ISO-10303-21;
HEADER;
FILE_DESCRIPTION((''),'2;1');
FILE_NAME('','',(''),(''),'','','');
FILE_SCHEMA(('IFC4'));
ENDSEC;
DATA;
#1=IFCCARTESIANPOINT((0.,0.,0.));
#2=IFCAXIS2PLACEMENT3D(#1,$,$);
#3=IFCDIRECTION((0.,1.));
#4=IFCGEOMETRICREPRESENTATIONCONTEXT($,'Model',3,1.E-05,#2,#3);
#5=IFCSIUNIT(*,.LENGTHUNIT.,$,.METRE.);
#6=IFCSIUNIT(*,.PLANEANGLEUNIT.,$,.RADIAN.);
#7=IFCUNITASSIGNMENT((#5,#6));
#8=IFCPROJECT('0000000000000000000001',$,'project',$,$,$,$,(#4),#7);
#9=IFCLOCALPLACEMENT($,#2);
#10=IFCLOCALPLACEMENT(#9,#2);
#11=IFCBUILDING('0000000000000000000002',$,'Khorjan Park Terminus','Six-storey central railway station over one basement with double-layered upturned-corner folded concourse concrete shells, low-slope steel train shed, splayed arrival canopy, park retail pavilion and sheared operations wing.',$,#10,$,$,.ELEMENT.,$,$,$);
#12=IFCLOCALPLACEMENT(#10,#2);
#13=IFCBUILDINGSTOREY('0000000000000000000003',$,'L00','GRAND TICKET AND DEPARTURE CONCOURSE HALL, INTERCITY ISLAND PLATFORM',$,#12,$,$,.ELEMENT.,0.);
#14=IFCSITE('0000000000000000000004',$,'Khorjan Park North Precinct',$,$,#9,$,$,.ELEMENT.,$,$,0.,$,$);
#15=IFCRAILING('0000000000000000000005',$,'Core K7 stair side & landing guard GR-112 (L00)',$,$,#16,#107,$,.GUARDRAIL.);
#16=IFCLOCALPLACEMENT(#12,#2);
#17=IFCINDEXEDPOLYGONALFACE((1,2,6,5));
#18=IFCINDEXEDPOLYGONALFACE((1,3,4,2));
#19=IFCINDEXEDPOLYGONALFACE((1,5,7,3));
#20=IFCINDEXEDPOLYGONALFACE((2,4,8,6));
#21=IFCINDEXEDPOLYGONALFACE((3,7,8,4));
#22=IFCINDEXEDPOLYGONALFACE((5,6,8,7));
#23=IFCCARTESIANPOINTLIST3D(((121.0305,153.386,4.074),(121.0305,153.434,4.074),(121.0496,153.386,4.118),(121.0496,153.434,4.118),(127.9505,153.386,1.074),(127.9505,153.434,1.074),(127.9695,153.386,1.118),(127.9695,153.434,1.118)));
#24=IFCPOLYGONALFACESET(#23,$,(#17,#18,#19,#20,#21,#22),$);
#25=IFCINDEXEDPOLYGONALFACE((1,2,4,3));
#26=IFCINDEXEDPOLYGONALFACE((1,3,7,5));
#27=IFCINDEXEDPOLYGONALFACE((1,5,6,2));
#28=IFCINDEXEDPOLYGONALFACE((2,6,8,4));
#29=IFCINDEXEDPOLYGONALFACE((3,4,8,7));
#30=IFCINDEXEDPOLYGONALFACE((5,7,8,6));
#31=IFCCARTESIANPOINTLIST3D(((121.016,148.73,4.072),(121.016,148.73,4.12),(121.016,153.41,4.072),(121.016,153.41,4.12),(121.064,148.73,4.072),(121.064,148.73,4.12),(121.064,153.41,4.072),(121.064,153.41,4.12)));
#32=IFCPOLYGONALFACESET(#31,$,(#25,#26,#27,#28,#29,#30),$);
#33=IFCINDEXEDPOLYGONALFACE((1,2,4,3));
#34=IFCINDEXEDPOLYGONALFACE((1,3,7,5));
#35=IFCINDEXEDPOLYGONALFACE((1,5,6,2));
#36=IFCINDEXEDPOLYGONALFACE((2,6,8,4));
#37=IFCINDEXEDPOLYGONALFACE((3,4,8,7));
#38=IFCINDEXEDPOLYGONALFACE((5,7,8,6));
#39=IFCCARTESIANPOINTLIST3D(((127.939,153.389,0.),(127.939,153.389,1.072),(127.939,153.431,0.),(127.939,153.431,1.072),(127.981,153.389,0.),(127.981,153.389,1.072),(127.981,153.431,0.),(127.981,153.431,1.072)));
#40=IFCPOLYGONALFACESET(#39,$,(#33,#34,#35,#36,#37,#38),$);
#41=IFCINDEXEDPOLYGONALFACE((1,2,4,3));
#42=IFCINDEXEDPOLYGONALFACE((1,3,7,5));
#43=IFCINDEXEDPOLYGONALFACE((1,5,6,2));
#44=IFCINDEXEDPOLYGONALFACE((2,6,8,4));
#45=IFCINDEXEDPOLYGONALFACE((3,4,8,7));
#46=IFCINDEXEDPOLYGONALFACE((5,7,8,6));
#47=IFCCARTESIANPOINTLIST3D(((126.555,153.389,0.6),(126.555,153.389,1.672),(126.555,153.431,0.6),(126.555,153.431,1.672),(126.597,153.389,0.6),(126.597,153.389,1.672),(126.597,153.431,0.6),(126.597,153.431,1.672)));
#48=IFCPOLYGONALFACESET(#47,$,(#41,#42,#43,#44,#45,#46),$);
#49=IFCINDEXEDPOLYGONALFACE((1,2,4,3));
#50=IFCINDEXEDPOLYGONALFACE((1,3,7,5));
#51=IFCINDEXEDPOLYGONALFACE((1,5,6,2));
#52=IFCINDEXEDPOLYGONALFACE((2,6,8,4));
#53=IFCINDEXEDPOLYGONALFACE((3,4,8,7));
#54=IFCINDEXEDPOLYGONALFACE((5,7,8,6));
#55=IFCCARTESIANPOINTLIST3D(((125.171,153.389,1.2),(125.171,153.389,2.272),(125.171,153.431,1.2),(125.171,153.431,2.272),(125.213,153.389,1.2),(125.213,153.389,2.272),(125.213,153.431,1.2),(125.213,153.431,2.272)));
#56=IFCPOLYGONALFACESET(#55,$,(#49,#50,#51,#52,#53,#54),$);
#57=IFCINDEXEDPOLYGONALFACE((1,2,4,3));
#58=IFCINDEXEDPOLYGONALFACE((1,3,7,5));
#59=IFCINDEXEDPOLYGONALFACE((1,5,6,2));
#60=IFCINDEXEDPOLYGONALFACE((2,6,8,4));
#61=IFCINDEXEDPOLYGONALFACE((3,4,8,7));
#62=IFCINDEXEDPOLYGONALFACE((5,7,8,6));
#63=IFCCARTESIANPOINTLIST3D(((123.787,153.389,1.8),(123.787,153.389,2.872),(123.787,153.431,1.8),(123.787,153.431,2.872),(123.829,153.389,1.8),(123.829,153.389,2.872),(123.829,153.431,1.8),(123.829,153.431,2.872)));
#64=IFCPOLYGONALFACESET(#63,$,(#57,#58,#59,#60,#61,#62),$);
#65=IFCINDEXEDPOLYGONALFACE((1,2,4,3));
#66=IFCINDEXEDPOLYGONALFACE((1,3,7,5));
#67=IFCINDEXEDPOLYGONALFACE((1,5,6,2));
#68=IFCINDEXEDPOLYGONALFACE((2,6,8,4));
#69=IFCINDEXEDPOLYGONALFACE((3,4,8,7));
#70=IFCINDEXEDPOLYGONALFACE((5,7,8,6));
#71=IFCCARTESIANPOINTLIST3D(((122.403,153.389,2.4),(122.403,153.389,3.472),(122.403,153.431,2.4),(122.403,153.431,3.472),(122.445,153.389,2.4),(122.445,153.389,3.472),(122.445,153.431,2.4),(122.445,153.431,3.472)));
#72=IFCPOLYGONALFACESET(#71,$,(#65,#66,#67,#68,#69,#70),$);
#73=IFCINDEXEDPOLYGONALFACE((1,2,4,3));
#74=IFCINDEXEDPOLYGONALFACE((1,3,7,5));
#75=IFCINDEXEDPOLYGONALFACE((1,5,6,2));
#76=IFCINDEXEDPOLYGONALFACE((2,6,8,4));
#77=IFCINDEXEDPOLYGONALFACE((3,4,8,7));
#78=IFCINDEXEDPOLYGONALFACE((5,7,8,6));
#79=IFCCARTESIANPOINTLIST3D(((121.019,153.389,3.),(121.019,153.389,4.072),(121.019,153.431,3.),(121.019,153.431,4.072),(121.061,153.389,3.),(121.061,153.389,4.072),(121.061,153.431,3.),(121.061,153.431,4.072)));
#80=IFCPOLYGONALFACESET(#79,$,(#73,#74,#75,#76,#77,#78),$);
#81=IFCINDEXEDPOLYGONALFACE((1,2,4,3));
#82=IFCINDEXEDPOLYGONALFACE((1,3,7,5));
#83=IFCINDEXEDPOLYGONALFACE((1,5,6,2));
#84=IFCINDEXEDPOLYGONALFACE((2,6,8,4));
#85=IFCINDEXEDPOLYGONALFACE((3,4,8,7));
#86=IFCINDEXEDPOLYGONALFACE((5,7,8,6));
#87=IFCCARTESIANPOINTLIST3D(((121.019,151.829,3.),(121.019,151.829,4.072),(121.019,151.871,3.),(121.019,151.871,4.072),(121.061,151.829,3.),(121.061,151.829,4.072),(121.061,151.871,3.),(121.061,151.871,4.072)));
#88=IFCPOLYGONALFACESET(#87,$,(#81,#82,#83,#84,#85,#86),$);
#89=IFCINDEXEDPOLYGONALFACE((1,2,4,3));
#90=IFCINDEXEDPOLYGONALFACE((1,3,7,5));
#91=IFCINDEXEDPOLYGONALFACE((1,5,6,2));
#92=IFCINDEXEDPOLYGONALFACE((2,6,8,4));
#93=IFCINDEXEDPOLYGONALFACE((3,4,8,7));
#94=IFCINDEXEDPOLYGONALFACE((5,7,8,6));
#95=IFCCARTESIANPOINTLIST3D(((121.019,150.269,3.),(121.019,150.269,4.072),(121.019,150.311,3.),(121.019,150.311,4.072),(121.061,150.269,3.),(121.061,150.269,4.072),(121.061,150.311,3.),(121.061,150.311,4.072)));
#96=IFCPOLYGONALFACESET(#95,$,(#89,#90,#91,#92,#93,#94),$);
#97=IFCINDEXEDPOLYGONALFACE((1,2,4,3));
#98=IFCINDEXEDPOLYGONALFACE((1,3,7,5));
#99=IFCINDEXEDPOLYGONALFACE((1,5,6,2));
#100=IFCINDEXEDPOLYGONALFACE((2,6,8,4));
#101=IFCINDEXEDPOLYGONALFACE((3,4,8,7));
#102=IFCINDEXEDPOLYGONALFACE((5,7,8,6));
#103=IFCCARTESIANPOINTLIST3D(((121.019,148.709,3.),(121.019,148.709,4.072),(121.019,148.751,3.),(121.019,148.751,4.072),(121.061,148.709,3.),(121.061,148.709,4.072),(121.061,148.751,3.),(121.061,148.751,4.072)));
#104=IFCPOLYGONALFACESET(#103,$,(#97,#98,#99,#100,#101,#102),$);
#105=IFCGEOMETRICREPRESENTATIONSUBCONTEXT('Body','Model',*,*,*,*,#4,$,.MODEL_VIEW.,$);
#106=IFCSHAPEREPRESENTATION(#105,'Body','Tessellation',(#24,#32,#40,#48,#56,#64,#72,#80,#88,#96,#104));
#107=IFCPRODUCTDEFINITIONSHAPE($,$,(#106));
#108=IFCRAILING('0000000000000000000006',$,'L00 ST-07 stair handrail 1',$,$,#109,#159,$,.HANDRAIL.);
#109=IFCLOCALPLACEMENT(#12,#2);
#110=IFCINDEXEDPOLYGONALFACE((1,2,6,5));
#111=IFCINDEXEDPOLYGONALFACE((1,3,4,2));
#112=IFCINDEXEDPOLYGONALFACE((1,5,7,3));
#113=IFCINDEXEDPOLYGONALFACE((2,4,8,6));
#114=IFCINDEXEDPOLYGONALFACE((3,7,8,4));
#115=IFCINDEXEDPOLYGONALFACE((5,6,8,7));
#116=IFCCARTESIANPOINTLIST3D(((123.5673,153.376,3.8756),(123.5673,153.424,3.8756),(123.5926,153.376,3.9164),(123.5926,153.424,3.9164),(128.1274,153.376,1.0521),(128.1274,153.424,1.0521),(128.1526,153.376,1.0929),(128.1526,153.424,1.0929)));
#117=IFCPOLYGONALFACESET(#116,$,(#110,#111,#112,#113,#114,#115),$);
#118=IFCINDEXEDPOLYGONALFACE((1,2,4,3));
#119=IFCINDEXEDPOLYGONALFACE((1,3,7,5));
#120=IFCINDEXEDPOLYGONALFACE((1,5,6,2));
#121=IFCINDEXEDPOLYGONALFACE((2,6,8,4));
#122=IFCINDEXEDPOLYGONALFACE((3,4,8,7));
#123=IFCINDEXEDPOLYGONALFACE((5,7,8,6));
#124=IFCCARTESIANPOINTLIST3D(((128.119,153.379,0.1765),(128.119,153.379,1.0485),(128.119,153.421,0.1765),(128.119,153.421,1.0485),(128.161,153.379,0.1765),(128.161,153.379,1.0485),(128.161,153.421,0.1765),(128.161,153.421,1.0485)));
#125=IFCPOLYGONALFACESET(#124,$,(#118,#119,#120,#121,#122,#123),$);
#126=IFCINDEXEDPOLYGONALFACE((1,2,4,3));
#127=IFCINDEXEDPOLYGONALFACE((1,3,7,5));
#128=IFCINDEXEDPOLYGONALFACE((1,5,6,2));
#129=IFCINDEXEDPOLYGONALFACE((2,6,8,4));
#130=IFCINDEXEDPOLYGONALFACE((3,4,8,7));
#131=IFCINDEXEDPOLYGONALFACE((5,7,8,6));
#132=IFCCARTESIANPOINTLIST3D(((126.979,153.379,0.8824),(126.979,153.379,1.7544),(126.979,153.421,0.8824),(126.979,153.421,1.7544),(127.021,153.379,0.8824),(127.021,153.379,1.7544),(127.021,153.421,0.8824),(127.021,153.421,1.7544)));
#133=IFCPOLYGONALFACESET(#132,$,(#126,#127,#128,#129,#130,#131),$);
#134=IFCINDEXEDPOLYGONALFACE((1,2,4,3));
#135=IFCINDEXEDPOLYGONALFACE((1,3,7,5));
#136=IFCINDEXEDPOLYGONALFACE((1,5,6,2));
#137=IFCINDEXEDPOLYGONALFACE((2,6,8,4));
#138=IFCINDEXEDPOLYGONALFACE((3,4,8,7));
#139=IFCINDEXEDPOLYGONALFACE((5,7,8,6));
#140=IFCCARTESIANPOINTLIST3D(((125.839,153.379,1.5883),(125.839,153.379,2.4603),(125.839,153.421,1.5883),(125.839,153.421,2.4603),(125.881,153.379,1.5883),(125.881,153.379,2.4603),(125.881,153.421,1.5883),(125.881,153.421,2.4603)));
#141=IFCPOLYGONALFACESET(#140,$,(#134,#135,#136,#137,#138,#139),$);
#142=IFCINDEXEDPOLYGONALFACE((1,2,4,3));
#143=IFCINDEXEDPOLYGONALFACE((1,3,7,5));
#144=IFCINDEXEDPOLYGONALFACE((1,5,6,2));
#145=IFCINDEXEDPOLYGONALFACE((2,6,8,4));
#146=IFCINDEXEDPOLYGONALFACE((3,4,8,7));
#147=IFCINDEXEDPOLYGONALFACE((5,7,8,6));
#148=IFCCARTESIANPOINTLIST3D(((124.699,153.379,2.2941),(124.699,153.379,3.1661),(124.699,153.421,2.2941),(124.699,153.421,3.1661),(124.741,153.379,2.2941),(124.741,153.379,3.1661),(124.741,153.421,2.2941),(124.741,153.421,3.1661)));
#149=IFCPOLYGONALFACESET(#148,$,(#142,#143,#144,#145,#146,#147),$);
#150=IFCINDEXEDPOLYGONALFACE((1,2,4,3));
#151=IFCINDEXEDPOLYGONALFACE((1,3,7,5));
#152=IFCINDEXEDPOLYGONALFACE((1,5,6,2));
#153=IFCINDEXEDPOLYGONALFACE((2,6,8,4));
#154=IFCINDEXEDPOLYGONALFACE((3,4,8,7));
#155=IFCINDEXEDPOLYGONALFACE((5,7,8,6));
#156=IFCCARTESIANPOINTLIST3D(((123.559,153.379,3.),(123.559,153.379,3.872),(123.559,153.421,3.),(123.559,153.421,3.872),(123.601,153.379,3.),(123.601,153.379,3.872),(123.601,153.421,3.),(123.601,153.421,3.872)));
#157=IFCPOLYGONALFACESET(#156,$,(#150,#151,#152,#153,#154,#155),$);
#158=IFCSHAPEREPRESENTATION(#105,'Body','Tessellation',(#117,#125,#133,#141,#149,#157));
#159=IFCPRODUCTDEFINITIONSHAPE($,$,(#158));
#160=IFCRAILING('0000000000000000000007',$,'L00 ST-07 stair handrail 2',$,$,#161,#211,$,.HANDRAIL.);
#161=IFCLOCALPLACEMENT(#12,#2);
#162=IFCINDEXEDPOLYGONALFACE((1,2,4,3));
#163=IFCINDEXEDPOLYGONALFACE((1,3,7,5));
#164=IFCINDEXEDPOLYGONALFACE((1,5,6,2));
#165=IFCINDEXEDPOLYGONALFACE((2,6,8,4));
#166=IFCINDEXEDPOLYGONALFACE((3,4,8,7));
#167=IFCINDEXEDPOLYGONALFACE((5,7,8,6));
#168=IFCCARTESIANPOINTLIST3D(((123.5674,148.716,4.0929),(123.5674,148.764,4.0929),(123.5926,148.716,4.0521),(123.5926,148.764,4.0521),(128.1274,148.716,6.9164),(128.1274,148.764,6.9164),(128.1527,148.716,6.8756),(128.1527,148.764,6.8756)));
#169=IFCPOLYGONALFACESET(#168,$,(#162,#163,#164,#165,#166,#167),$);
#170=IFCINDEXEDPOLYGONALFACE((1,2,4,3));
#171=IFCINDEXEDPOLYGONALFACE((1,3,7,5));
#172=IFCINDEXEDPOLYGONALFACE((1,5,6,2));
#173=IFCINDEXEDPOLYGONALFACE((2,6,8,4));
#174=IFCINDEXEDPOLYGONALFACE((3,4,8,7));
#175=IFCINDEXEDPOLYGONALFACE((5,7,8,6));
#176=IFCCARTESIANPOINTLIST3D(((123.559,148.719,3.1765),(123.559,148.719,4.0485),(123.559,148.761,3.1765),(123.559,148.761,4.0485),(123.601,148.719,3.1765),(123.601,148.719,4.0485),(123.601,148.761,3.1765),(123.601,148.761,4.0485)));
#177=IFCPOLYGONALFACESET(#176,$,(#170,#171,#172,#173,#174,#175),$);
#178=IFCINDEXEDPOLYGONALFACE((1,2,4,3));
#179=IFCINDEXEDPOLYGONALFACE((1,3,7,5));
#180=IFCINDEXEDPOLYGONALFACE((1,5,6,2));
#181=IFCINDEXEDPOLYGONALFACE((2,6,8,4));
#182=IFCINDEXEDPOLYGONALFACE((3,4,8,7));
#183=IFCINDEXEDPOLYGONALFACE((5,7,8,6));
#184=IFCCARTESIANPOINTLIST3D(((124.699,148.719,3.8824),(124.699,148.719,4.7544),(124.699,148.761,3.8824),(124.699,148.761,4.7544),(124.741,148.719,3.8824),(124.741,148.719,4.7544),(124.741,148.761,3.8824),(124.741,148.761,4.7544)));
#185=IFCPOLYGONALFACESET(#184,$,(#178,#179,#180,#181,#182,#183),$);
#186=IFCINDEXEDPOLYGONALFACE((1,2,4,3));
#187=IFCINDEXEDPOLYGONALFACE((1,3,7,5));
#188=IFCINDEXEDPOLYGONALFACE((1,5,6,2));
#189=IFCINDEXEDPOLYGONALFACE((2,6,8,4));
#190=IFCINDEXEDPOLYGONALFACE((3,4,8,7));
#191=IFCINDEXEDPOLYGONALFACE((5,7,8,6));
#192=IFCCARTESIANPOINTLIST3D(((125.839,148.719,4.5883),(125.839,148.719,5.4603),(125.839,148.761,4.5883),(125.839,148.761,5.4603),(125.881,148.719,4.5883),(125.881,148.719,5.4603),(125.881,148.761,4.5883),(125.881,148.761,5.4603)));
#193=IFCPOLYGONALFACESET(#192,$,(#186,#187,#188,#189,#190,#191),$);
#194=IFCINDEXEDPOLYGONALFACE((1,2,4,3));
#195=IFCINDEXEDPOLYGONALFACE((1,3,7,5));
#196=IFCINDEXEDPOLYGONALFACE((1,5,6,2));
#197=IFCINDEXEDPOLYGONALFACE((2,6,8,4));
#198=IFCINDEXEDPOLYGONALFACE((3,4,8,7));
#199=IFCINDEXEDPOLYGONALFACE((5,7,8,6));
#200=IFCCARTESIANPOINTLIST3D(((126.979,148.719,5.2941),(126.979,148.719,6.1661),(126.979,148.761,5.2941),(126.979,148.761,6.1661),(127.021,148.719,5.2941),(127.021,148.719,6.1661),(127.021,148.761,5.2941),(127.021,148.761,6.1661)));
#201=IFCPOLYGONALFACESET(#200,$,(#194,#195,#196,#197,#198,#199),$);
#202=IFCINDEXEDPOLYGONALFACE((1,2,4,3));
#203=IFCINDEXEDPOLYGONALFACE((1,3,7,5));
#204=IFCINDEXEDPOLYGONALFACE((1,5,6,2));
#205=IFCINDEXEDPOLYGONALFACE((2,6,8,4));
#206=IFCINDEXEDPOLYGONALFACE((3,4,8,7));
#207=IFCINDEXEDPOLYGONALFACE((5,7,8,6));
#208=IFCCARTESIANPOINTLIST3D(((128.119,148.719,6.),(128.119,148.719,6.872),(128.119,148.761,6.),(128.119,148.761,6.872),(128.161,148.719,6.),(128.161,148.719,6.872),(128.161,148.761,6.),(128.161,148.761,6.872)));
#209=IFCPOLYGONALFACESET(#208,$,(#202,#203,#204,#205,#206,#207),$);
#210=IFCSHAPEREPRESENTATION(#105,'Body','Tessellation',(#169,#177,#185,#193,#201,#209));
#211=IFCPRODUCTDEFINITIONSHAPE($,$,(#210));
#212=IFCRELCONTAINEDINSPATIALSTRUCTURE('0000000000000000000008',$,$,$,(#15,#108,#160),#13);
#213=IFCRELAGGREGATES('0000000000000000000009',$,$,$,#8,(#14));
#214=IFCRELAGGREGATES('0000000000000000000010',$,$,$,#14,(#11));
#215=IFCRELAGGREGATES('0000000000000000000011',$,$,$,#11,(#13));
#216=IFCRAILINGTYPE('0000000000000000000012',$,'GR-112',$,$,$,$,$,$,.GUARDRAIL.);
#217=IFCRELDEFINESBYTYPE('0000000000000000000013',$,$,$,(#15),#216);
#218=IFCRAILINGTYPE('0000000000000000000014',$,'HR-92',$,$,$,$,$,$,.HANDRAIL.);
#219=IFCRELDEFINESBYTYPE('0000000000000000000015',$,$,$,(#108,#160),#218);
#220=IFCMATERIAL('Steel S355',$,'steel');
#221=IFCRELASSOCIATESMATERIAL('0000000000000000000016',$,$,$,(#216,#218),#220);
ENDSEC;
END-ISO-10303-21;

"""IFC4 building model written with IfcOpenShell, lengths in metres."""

from ifc_helpers import new_model, si_unit, direction, frame, origin, origin_2d, place, context, subcontext, project, spatial, rectangle, extrude, material, type_object, element, save


model = new_model("IFC4")

# Units and contexts
model_context = context("Model", 3, precision=1e-05, world=origin(), true_north=direction((0.0, 1.0)))
body_context = subcontext(model_context, "Body", "Model", "MODEL_VIEW")
ifc_project = project(units=[si_unit("LENGTHUNIT", "METRE"), si_unit("PLANEANGLEUNIT", "RADIAN")], contexts=[model_context])

# Site, building, storey
site_placement = place(None, origin())
site = spatial("IfcSite", under=ifc_project, at=site_placement, Name="Khorjan Park North Precinct", CompositionType="ELEMENT", RefElevation=0.0)
building_placement = place(site_placement, origin())
building = spatial("IfcBuilding", under=site, at=building_placement, Name="Khorjan Park Terminus", Description="Six-storey central railway station over one basement with double-layered upturned-corner folded concourse concrete shells, low-slope steel train shed, splayed arrival canopy, park retail pavilion and sheared operations wing.", CompositionType="ELEMENT")
storey_placement = place(building_placement, origin())
storey = spatial("IfcBuildingStorey", under=building, at=storey_placement, Name="L00", Description="GRAND TICKET AND DEPARTURE CONCOURSE HALL, INTERCITY ISLAND PLATFORM", CompositionType="ELEMENT", Elevation=0.0)

# Shared definitions
ifc_material_1 = material(Name="Steel S355", Category="steel")

# Railings
railing_type_1 = type_object("IfcRailingType", Name="GR-112", PredefinedType="GUARDRAIL", material=ifc_material_1)
railing_1_placement = place(storey_placement, frame((127.96, 153.41, 0.0)))
element("IfcRailing", 1, at=railing_1_placement, inside=storey, type_object=railing_type_1, Name="Core K7 stair side & landing guard GR-112 (L00)", PredefinedType="GUARDRAIL", context=body_context, shape_type="SweptSolid", body=[
    extrude(rectangle(XDim=0.048, YDim=0.048, at=origin_2d()), frame((0.0, 0.0, 1.096), z_axis=(-0.917491, 0.0, 0.397756), x_axis=(0.0, -1.0, 0.0)), (0.0, 0.0, 1.0), 7.5423),
    extrude(rectangle(XDim=0.048, YDim=0.048, at=origin_2d()), frame((-6.92, 0.0, 4.096), z_axis=(0.0, -1.0, 0.0), x_axis=(1.0, 0.0, 0.0)), (0.0, 0.0, 1.0), 4.68),
    extrude(rectangle(XDim=0.042, YDim=0.042, at=origin_2d()), origin(), (0.0, 0.0, 1.0), 1.072),
    extrude(rectangle(XDim=0.042, YDim=0.042, at=origin_2d()), frame((-1.384, 0.0, 0.6)), (0.0, 0.0, 1.0), 1.072),
    extrude(rectangle(XDim=0.042, YDim=0.042, at=origin_2d()), frame((-2.768, 0.0, 1.2)), (0.0, 0.0, 1.0), 1.072),
    extrude(rectangle(XDim=0.042, YDim=0.042, at=origin_2d()), frame((-4.152, 0.0, 1.8)), (0.0, 0.0, 1.0), 1.072),
    extrude(rectangle(XDim=0.042, YDim=0.042, at=origin_2d()), frame((-5.536, 0.0, 2.4)), (0.0, 0.0, 1.0), 1.072),
    extrude(rectangle(XDim=0.042, YDim=0.042, at=origin_2d()), frame((-6.92, 0.0, 3.0)), (0.0, 0.0, 1.0), 1.072),
    extrude(rectangle(XDim=0.042, YDim=0.042, at=origin_2d()), frame((-6.92, -1.56, 3.0)), (0.0, 0.0, 1.0), 1.072),
    extrude(rectangle(XDim=0.042, YDim=0.042, at=origin_2d()), frame((-6.92, -3.12, 3.0)), (0.0, 0.0, 1.0), 1.072),
    extrude(rectangle(XDim=0.042, YDim=0.042, at=origin_2d()), frame((-6.92, -4.68, 3.0)), (0.0, 0.0, 1.0), 1.072),
])
railing_type_2 = type_object("IfcRailingType", Name="HR-92", PredefinedType="HANDRAIL", material=ifc_material_1)
railing_2_placement = place(storey_placement, frame((128.14, 153.4, 0.1765)))
element("IfcRailing", 2, at=railing_2_placement, inside=storey, type_object=railing_type_2, Name="L00 ST-07 stair handrail 1", PredefinedType="HANDRAIL", context=body_context, shape_type="SweptSolid", body=[
    extrude(rectangle(XDim=0.048, YDim=0.048, at=origin_2d()), frame((0.0, 0.0, 0.896), z_axis=(-0.850211, 0.0, 0.526441), x_axis=(0.0, -1.0, 0.0)), (0.0, 0.0, 1.0), 5.3634),
    extrude(rectangle(XDim=0.042, YDim=0.042, at=origin_2d()), origin(), (0.0, 0.0, 1.0), 0.872),
    extrude(rectangle(XDim=0.042, YDim=0.042, at=origin_2d()), frame((-1.14, 0.0, 0.7059)), (0.0, 0.0, 1.0), 0.872),
    extrude(rectangle(XDim=0.042, YDim=0.042, at=origin_2d()), frame((-2.28, 0.0, 1.4118)), (0.0, 0.0, 1.0), 0.872),
    extrude(rectangle(XDim=0.042, YDim=0.042, at=origin_2d()), frame((-3.42, 0.0, 2.1176)), (0.0, 0.0, 1.0), 0.872),
    extrude(rectangle(XDim=0.042, YDim=0.042, at=origin_2d()), frame((-4.56, 0.0, 2.8235)), (0.0, 0.0, 1.0), 0.872),
])
railing_3_placement = place(storey_placement, frame((123.58, 148.74, 3.1765)))
element("IfcRailing", 3, at=railing_3_placement, inside=storey, type_object=railing_type_2, Name="L00 ST-07 stair handrail 2", PredefinedType="HANDRAIL", context=body_context, shape_type="SweptSolid", body=[
    extrude(rectangle(XDim=0.048, YDim=0.048, at=origin_2d()), frame((0.0, 0.0, 0.896), z_axis=(0.850211, 0.0, 0.526441), x_axis=(0.0, 1.0, 0.0)), (0.0, 0.0, 1.0), 5.3634),
    extrude(rectangle(XDim=0.042, YDim=0.042, at=origin_2d()), origin(), (0.0, 0.0, 1.0), 0.872),
    extrude(rectangle(XDim=0.042, YDim=0.042, at=origin_2d()), frame((1.14, 0.0, 0.7059)), (0.0, 0.0, 1.0), 0.872),
    extrude(rectangle(XDim=0.042, YDim=0.042, at=origin_2d()), frame((2.28, 0.0, 1.4118)), (0.0, 0.0, 1.0), 0.872),
    extrude(rectangle(XDim=0.042, YDim=0.042, at=origin_2d()), frame((3.42, 0.0, 2.1176)), (0.0, 0.0, 1.0), 0.872),
    extrude(rectangle(XDim=0.042, YDim=0.042, at=origin_2d()), frame((4.56, 0.0, 2.8235)), (0.0, 0.0, 1.0), 0.872),
])

save(model, "model.ifc")
